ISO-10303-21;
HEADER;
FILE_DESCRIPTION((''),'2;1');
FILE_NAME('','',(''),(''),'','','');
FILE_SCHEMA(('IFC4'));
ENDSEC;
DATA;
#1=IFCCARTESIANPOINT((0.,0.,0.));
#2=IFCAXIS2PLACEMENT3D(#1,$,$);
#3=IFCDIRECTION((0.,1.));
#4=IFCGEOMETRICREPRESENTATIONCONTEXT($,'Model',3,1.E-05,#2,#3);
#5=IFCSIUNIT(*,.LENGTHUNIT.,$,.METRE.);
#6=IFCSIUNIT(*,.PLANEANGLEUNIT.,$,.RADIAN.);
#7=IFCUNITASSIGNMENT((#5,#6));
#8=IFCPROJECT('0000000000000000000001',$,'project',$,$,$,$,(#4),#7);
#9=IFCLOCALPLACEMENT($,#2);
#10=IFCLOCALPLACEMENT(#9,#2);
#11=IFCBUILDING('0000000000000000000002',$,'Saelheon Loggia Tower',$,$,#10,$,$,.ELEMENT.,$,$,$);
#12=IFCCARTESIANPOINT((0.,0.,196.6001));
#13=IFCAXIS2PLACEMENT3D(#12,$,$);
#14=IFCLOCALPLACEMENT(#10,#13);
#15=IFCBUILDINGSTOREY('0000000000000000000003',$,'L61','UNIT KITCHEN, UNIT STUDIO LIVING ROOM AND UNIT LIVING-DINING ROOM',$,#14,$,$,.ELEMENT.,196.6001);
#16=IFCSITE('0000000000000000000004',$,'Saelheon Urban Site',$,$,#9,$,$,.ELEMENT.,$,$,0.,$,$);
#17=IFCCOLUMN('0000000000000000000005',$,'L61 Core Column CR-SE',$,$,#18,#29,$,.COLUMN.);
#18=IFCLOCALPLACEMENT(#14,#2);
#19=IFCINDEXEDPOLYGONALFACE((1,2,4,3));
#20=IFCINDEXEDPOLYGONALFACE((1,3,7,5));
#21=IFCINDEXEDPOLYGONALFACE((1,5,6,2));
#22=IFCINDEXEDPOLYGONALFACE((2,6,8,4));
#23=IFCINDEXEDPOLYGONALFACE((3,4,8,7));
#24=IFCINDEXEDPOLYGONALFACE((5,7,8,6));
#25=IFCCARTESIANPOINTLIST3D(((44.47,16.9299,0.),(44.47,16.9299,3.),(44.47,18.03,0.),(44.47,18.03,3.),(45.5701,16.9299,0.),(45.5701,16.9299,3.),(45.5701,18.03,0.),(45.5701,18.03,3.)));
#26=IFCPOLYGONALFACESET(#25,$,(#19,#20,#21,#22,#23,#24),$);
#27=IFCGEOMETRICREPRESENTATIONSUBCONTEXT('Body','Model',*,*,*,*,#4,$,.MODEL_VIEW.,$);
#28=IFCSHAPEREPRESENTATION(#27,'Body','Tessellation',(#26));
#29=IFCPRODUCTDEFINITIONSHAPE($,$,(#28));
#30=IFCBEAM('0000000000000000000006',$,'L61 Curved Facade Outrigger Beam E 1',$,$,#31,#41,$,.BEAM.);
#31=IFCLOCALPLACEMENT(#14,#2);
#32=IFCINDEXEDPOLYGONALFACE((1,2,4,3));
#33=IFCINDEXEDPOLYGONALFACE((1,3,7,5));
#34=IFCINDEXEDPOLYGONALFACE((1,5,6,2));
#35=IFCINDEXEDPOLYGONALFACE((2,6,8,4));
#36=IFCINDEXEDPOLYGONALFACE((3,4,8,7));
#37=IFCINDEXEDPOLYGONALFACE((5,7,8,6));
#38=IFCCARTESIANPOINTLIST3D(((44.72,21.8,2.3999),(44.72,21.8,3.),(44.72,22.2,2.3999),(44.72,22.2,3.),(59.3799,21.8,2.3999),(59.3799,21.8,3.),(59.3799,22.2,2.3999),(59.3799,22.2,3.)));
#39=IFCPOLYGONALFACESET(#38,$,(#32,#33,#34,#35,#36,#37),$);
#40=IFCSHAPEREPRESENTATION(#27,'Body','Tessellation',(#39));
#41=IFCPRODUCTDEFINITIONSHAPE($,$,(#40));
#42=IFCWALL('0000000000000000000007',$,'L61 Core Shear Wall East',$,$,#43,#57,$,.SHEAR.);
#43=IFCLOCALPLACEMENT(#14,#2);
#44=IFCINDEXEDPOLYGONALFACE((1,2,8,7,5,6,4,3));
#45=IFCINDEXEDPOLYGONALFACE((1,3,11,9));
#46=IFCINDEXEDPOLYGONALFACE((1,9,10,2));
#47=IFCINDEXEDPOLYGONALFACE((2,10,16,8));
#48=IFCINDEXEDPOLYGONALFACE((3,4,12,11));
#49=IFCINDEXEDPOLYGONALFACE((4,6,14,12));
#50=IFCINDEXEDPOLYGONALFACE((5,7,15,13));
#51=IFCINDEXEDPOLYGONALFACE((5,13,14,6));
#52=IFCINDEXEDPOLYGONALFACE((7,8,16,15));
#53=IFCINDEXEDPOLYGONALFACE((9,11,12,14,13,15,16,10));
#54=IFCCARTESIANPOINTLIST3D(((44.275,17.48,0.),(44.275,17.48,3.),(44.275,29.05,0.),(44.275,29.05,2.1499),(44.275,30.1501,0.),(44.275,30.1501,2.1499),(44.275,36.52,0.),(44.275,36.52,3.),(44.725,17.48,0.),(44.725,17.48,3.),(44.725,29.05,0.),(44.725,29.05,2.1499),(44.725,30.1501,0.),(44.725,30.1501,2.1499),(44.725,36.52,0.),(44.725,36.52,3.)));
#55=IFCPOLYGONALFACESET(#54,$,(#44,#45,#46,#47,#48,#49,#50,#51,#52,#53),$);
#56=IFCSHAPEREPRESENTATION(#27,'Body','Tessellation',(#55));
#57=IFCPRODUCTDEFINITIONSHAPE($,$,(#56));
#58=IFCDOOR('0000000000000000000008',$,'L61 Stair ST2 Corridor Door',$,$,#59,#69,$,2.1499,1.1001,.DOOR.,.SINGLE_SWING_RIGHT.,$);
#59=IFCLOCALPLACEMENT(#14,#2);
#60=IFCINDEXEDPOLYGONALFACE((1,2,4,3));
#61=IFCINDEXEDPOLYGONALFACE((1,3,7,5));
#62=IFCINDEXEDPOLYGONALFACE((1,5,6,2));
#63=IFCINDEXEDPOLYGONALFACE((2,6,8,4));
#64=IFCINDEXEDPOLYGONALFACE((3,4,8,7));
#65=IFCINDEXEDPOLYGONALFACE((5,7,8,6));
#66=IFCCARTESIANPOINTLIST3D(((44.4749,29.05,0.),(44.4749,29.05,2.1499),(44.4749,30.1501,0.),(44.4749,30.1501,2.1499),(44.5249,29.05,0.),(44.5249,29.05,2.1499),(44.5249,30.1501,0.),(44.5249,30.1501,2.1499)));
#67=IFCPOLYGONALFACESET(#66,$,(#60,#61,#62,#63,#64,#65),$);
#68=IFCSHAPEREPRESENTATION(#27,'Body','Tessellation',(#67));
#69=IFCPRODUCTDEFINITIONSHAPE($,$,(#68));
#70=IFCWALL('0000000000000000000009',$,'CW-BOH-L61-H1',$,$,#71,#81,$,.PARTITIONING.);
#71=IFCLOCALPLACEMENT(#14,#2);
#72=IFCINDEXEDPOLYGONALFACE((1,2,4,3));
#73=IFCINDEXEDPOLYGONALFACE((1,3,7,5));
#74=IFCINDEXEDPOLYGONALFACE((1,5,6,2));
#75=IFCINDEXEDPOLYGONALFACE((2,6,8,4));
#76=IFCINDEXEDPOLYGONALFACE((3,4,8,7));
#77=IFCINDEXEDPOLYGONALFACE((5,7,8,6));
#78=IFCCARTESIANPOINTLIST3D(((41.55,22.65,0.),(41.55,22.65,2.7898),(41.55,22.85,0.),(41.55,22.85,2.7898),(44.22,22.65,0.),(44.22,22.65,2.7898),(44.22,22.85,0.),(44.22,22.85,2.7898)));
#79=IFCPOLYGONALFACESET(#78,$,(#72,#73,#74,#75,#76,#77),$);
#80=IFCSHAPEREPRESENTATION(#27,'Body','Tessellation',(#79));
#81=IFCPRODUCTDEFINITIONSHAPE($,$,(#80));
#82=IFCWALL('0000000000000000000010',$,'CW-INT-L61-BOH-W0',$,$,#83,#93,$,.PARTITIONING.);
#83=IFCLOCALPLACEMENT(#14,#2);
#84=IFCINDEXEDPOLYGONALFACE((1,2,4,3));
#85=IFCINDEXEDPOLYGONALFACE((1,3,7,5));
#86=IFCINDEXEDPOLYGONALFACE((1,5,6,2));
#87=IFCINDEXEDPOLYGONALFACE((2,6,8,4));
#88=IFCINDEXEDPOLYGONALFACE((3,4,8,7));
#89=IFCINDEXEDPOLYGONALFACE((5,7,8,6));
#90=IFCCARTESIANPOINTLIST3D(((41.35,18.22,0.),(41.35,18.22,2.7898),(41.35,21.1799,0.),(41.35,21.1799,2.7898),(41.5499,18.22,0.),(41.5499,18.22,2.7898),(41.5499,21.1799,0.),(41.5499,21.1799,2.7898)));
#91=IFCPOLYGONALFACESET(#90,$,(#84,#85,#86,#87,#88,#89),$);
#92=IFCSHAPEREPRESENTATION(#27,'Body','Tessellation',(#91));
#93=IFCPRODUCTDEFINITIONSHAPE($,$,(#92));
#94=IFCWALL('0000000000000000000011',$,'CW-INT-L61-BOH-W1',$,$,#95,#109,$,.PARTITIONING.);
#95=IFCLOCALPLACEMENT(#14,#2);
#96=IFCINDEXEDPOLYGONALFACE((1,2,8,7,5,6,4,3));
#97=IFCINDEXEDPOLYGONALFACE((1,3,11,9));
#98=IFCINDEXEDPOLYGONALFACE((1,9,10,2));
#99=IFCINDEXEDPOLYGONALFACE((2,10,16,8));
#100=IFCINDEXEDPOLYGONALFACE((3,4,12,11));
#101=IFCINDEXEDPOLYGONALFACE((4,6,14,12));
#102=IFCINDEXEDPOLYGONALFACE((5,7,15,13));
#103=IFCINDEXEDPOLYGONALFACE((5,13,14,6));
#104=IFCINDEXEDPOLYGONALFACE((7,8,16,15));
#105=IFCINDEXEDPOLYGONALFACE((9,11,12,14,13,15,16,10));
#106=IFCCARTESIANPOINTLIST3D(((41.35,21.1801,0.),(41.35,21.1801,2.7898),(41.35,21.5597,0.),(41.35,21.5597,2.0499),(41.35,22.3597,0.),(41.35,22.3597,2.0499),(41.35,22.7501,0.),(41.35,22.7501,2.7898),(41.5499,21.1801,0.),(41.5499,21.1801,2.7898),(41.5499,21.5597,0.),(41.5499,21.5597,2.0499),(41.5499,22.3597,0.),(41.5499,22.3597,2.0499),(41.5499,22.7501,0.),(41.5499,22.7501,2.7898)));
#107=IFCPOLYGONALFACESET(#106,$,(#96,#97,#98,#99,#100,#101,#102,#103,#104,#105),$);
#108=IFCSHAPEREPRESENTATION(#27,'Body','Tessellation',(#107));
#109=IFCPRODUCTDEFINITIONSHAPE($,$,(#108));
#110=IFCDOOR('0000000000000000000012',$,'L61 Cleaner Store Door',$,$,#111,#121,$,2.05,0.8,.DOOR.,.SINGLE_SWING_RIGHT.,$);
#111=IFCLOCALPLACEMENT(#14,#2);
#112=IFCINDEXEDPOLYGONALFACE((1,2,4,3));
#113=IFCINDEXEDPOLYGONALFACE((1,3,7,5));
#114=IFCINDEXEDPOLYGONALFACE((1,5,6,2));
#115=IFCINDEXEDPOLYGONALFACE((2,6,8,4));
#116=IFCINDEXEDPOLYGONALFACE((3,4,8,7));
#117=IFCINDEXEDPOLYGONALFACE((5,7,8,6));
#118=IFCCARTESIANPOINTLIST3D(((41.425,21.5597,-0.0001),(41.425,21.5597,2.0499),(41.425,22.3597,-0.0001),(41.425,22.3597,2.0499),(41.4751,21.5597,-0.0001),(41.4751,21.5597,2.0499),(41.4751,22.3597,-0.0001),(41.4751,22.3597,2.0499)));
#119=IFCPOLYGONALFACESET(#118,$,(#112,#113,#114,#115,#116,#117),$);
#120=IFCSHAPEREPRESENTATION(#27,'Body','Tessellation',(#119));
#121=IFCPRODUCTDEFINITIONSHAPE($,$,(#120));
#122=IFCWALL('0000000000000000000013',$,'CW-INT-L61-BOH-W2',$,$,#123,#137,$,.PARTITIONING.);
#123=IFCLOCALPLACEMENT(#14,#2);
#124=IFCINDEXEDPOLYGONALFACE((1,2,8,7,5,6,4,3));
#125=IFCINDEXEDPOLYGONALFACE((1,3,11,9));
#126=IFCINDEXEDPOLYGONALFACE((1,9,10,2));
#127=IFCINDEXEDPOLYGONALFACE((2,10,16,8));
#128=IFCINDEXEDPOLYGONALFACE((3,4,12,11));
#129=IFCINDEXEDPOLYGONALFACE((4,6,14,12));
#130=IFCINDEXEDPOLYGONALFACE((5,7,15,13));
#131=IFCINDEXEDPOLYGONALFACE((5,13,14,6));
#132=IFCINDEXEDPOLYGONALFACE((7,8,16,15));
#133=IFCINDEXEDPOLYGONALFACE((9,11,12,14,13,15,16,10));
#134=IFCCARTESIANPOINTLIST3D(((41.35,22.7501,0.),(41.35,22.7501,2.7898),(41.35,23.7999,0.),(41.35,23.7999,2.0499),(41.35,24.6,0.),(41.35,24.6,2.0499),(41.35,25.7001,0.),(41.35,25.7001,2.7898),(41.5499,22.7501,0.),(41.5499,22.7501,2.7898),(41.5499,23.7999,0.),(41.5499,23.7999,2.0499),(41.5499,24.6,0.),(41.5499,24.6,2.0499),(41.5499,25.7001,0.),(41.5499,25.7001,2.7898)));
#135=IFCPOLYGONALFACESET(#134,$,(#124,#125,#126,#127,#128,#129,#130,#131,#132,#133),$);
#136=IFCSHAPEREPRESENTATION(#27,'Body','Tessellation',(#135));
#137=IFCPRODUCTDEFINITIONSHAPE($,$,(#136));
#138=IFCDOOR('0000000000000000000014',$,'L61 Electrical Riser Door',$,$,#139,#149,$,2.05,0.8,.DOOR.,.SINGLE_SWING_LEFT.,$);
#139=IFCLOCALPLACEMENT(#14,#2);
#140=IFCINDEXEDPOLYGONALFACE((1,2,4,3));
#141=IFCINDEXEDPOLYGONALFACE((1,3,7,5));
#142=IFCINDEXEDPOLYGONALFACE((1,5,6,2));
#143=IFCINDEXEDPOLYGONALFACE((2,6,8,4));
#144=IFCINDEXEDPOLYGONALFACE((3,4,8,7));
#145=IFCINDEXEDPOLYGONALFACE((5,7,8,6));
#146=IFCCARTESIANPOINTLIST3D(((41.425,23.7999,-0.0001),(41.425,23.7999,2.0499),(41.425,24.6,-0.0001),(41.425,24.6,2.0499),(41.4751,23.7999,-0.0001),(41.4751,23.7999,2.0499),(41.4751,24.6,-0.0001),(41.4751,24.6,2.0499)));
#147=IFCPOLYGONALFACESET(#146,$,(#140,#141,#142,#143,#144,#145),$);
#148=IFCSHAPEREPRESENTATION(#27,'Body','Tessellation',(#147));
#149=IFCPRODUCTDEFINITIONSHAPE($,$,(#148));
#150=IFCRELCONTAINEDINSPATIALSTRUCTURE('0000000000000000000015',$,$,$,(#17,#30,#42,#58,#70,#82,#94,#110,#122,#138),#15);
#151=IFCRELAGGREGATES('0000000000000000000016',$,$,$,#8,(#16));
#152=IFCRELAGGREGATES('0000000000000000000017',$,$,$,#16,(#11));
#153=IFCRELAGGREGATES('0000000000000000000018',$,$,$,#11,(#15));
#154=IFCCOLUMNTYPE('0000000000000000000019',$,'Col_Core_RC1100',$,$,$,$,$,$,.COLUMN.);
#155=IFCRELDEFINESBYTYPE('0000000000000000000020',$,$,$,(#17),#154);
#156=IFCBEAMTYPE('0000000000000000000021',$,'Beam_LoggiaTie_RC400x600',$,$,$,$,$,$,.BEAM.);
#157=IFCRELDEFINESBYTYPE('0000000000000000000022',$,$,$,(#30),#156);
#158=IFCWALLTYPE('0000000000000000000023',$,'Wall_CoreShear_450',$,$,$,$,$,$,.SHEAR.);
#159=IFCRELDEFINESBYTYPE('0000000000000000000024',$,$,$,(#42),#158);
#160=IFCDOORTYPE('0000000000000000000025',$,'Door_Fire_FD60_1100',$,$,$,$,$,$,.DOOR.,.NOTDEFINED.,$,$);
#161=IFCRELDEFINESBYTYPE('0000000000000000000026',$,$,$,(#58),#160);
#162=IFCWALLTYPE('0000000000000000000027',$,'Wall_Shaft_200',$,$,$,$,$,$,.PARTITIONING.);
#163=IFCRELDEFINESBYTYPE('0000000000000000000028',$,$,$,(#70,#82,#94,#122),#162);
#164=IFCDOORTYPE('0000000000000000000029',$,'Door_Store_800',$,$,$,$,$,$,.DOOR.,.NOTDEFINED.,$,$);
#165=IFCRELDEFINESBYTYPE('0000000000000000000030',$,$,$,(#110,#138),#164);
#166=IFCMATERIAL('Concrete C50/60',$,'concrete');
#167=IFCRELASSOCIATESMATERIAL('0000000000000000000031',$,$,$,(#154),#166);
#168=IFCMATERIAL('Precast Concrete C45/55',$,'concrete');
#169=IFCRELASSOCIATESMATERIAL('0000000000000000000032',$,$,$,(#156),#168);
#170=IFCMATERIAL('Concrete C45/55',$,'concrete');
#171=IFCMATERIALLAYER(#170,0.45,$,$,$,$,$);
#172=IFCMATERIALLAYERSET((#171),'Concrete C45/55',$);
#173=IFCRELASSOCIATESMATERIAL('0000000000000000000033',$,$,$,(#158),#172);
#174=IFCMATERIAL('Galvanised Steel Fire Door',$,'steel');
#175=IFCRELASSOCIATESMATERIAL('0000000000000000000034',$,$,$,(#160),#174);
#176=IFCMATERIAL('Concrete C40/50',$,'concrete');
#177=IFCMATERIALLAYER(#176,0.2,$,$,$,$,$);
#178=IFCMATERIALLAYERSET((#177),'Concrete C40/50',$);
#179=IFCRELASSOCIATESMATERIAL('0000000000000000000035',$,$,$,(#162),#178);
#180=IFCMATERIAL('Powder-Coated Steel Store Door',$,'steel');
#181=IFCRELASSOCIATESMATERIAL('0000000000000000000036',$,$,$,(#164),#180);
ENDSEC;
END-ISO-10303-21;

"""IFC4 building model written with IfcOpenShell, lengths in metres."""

from ifc_helpers import new_model, si_unit, direction, frame, frame_2d, origin, origin_2d, place, context, subcontext, project, spatial, rectangle, extrude, source, transform, mapped, material, layer, layer_set, material_profile, profile_set, type_object, element, fill, save


model = new_model("IFC4")

# Units and contexts
model_context = context("Model", 3, precision=1e-05, world=origin(), true_north=direction((0.0, 1.0)))
body_context = subcontext(model_context, "Body", "Model", "MODEL_VIEW")
ifc_project = project(units=[si_unit("LENGTHUNIT", "METRE"), si_unit("PLANEANGLEUNIT", "RADIAN")], contexts=[model_context])

# Site, building, storey
site_placement = place(None, origin())
site = spatial("IfcSite", under=ifc_project, at=site_placement, Name="Saelheon Urban Site", CompositionType="ELEMENT", RefElevation=0.0)
building_placement = place(site_placement, origin())
building = spatial("IfcBuilding", under=site, at=building_placement, Name="Saelheon Loggia Tower", CompositionType="ELEMENT")
storey_placement = place(building_placement, frame((0.0, 0.0, 196.6001)))
storey = spatial("IfcBuildingStorey", under=building, at=storey_placement, Name="L61", Description="UNIT KITCHEN, UNIT STUDIO LIVING ROOM AND UNIT LIVING-DINING ROOM", CompositionType="ELEMENT", Elevation=196.6001)

# Column
ifc_material_1 = material(Name="Concrete C50/60", Category="concrete")
ifc_material_profile_1 = material_profile(ifc_material_1, rectangle(XDim=1.1001, YDim=1.1001, at=origin_2d()), Name="RC-1100x1100")
ifc_profile_set_1 = profile_set([ifc_material_profile_1], Name="Concrete C50/60")
column_type = type_object("IfcColumnType", Name="Col_Core_RC1100", PredefinedType="COLUMN", material=ifc_profile_set_1)
shared_shape_1 = source(origin(), body_context, "Body", "SweptSolid", [
    extrude(rectangle(XDim=1.1001, YDim=1.1001, at=origin_2d()), origin(), (0.0, 0.0, 1.0), 3.0),
])
column_placement = place(storey_placement, frame((45.02, 17.48, 0.0), z_axis=(0.0, 0.0, 1.0), x_axis=(1.0, 0.0, 0.0)))
element("IfcColumn", 1, at=column_placement, inside=storey, type_object=column_type, Name="L61 Core Column CR-SE", PredefinedType="COLUMN", context=body_context, shape_type="MappedRepresentation", body=[
    mapped(shared_shape_1, transform((0.0, 0.0, 0.0), scale=1.0)),
])

# Beam
ifc_material_2 = material(Name="Precast Concrete C45/55", Category="concrete")
ifc_material_profile_2 = material_profile(ifc_material_2, rectangle(XDim=0.3999, YDim=0.6001, at=origin_2d()), Name="RC-400x600")
ifc_profile_set_2 = profile_set([ifc_material_profile_2], Name="Precast Concrete C45/55")
beam_type = type_object("IfcBeamType", Name="Beam_LoggiaTie_RC400x600", PredefinedType="BEAM", material=ifc_profile_set_2)
shared_shape_2 = source(origin(), body_context, "Body", "SweptSolid", [
    extrude(rectangle(XDim=0.3999, YDim=0.6001, at=origin_2d()), origin(), (0.0, 0.0, 1.0), 14.6599),
])
beam_placement = place(storey_placement, frame((44.72, 22.0, 2.7), z_axis=(1.0, 0.0, 0.0), x_axis=(0.0, 1.0, 0.0)))
element("IfcBeam", 2, at=beam_placement, inside=storey, type_object=beam_type, Name="L61 Curved Facade Outrigger Beam E 1", PredefinedType="BEAM", context=body_context, shape_type="MappedRepresentation", body=[
    mapped(shared_shape_2, transform((0.0, 0.0, 0.0), scale=1.0)),
])

# Wall, opening, door
ifc_material_3 = material(Name="Concrete C45/55", Category="concrete")
ifc_layer_1 = layer(ifc_material_3, 0.45)
ifc_layer_set_1 = layer_set([ifc_layer_1], Name="Concrete C45/55")
wall_type_1 = type_object("IfcWallType", Name="Wall_CoreShear_450", PredefinedType="SHEAR", material=ifc_layer_set_1)
wall_1_placement = place(storey_placement, frame((44.5, 17.48, 0.0), z_axis=(0.0, 0.0, 1.0), x_axis=(0.0, 1.0, 0.0)))
wall_1 = element("IfcWall", 3, at=wall_1_placement, inside=storey, type_object=wall_type_1, Name="L61 Core Shear Wall East", PredefinedType="SHEAR", context=body_context, shape_type="SweptSolid", body=[
    extrude(rectangle(XDim=19.04, YDim=0.45, at=frame_2d((9.52, 0.0))), origin(), (0.0, 0.0, 1.0), 3.0),
])
opening_1_placement = place(wall_1_placement, frame((12.6702, 0.0, 0.0), z_axis=(0.0, 0.0, 1.0), x_axis=(-1.0, 0.0, 0.0)))
opening_1 = element("IfcOpeningElement", 4, at=opening_1_placement, cuts=wall_1, PredefinedType="OPENING", context=body_context, shape_type="SweptSolid", body=[
    extrude(rectangle(XDim=1.1001, YDim=2.1499, at=frame_2d((0.55, 1.075))), frame((0.0, 0.2371, 0.0), z_axis=(0.0, -1.0, 0.0), x_axis=(1.0, 0.0, 0.0)), (0.0, 0.0, 1.0), 0.4739),
])
ifc_material_4 = material(Name="Galvanised Steel Fire Door", Category="steel")
door_type_1 = type_object("IfcDoorType", Name="Door_Fire_FD60_1100", OperationType="NOTDEFINED", PredefinedType="DOOR", material=ifc_material_4)
shared_shape_3 = source(origin(), body_context, "Body", "SweptSolid", [
    extrude(rectangle(XDim=1.1001, YDim=2.1499, at=frame_2d((0.55, 1.075))), frame((0.0, 0.0249, 0.0), z_axis=(0.0, -1.0, 0.0), x_axis=(1.0, 0.0, 0.0)), (0.0, 0.0, 1.0), 0.05),
])
door_1_placement = place(opening_1_placement, origin())
door_1 = element("IfcDoor", 5, at=door_1_placement, inside=storey, type_object=door_type_1, Name="L61 Stair ST2 Corridor Door", OperationType="SINGLE_SWING_RIGHT", OverallHeight=2.1499, OverallWidth=1.1001, PredefinedType="DOOR", context=body_context, shape_type="MappedRepresentation", body=[
    mapped(shared_shape_3, transform((0.0, 0.0, 0.0), scale=1.0)),
])
fill(opening_1, door_1)

# Walls
ifc_material_5 = material(Name="Concrete C40/50", Category="concrete")
ifc_layer_2 = layer(ifc_material_5, 0.2)
ifc_layer_set_2 = layer_set([ifc_layer_2], Name="Concrete C40/50")
wall_type_2 = type_object("IfcWallType", Name="Wall_Shaft_200", PredefinedType="PARTITIONING", material=ifc_layer_set_2)
wall_2_placement = place(storey_placement, frame((41.55, 22.75, 0.0), z_axis=(0.0, 0.0, 1.0), x_axis=(1.0, 0.0, 0.0)))
element("IfcWall", 6, at=wall_2_placement, inside=storey, type_object=wall_type_2, Name="CW-BOH-L61-H1", PredefinedType="PARTITIONING", context=body_context, shape_type="SweptSolid", body=[
    extrude(rectangle(XDim=2.6699, YDim=0.2, at=frame_2d((1.335, 0.0))), origin(), (0.0, 0.0, 1.0), 2.7898),
])
wall_3_placement = place(storey_placement, frame((41.45, 18.22, 0.0), z_axis=(0.0, 0.0, 1.0), x_axis=(0.0, 1.0, 0.0)))
element("IfcWall", 7, at=wall_3_placement, inside=storey, type_object=wall_type_2, Name="CW-INT-L61-BOH-W0", PredefinedType="PARTITIONING", context=body_context, shape_type="SweptSolid", body=[
    extrude(rectangle(XDim=2.96, YDim=0.2, at=frame_2d((1.48, 0.0))), origin(), (0.0, 0.0, 1.0), 2.7898),
])

# Walls, openings, doors
wall_4_placement = place(storey_placement, frame((41.45, 21.1799, 0.0), z_axis=(0.0, 0.0, 1.0), x_axis=(0.0, 1.0, 0.0)))
wall_4 = element("IfcWall", 8, at=wall_4_placement, inside=storey, type_object=wall_type_2, Name="CW-INT-L61-BOH-W1", PredefinedType="PARTITIONING", context=body_context, shape_type="SweptSolid", body=[
    extrude(rectangle(XDim=1.5701, YDim=0.2, at=frame_2d((0.7852, 0.0))), origin(), (0.0, 0.0, 1.0), 2.7898),
])
opening_2_placement = place(wall_4_placement, frame((0.3799, 0.0, 0.0)))
opening_2 = element("IfcOpeningElement", 9, at=opening_2_placement, cuts=wall_4, PredefinedType="OPENING", context=body_context, shape_type="SweptSolid", body=[
    extrude(rectangle(XDim=0.8, YDim=2.05, at=frame_2d((0.3999, 1.0249))), frame((0.0, 0.1121, 0.0), z_axis=(0.0, -1.0, 0.0), x_axis=(1.0, 0.0, 0.0)), (0.0, 0.0, 1.0), 0.2239),
])
ifc_material_6 = material(Name="Powder-Coated Steel Store Door", Category="steel")
door_type_2 = type_object("IfcDoorType", Name="Door_Store_800", OperationType="NOTDEFINED", PredefinedType="DOOR", material=ifc_material_6)
shared_shape_4 = source(origin(), body_context, "Body", "SweptSolid", [
    extrude(rectangle(XDim=0.8, YDim=2.05, at=frame_2d((0.3999, 1.0249))), frame((0.0, 0.0249, 0.0), z_axis=(0.0, -1.0, 0.0), x_axis=(1.0, 0.0, 0.0)), (0.0, 0.0, 1.0), 0.05),
])
door_2_placement = place(opening_2_placement, origin())
door_2 = element("IfcDoor", 10, at=door_2_placement, inside=storey, type_object=door_type_2, Name="L61 Cleaner Store Door", OperationType="SINGLE_SWING_RIGHT", OverallHeight=2.05, OverallWidth=0.8, PredefinedType="DOOR", context=body_context, shape_type="MappedRepresentation", body=[
    mapped(shared_shape_4, transform((0.0, 0.0, 0.0), scale=1.0)),
])
fill(opening_2, door_2)
wall_5_placement = place(storey_placement, frame((41.45, 22.75, 0.0), z_axis=(0.0, 0.0, 1.0), x_axis=(0.0, 1.0, 0.0)))
wall_5 = element("IfcWall", 11, at=wall_5_placement, inside=storey, type_object=wall_type_2, Name="CW-INT-L61-BOH-W2", PredefinedType="PARTITIONING", context=body_context, shape_type="SweptSolid", body=[
    extrude(rectangle(XDim=2.95, YDim=0.2, at=frame_2d((1.4751, 0.0))), origin(), (0.0, 0.0, 1.0), 2.7898),
])
opening_3_placement = place(wall_5_placement, frame((1.05, 0.0, 0.0)))
opening_3 = element("IfcOpeningElement", 12, at=opening_3_placement, cuts=wall_5, PredefinedType="OPENING", context=body_context, shape_type="SweptSolid", body=[
    extrude(rectangle(XDim=0.8, YDim=2.05, at=frame_2d((0.3999, 1.0249))), frame((0.0, 0.1121, 0.0), z_axis=(0.0, -1.0, 0.0), x_axis=(1.0, 0.0, 0.0)), (0.0, 0.0, 1.0), 0.2239),
])
door_3_placement = place(opening_3_placement, origin())
door_3 = element("IfcDoor", 13, at=door_3_placement, inside=storey, type_object=door_type_2, Name="L61 Electrical Riser Door", OperationType="SINGLE_SWING_LEFT", OverallHeight=2.05, OverallWidth=0.8, PredefinedType="DOOR", context=body_context, shape_type="MappedRepresentation", body=[
    mapped(shared_shape_4, transform((0.0, 0.0, 0.0), scale=1.0)),
])
fill(opening_3, door_3)

save(model, "model.ifc")
